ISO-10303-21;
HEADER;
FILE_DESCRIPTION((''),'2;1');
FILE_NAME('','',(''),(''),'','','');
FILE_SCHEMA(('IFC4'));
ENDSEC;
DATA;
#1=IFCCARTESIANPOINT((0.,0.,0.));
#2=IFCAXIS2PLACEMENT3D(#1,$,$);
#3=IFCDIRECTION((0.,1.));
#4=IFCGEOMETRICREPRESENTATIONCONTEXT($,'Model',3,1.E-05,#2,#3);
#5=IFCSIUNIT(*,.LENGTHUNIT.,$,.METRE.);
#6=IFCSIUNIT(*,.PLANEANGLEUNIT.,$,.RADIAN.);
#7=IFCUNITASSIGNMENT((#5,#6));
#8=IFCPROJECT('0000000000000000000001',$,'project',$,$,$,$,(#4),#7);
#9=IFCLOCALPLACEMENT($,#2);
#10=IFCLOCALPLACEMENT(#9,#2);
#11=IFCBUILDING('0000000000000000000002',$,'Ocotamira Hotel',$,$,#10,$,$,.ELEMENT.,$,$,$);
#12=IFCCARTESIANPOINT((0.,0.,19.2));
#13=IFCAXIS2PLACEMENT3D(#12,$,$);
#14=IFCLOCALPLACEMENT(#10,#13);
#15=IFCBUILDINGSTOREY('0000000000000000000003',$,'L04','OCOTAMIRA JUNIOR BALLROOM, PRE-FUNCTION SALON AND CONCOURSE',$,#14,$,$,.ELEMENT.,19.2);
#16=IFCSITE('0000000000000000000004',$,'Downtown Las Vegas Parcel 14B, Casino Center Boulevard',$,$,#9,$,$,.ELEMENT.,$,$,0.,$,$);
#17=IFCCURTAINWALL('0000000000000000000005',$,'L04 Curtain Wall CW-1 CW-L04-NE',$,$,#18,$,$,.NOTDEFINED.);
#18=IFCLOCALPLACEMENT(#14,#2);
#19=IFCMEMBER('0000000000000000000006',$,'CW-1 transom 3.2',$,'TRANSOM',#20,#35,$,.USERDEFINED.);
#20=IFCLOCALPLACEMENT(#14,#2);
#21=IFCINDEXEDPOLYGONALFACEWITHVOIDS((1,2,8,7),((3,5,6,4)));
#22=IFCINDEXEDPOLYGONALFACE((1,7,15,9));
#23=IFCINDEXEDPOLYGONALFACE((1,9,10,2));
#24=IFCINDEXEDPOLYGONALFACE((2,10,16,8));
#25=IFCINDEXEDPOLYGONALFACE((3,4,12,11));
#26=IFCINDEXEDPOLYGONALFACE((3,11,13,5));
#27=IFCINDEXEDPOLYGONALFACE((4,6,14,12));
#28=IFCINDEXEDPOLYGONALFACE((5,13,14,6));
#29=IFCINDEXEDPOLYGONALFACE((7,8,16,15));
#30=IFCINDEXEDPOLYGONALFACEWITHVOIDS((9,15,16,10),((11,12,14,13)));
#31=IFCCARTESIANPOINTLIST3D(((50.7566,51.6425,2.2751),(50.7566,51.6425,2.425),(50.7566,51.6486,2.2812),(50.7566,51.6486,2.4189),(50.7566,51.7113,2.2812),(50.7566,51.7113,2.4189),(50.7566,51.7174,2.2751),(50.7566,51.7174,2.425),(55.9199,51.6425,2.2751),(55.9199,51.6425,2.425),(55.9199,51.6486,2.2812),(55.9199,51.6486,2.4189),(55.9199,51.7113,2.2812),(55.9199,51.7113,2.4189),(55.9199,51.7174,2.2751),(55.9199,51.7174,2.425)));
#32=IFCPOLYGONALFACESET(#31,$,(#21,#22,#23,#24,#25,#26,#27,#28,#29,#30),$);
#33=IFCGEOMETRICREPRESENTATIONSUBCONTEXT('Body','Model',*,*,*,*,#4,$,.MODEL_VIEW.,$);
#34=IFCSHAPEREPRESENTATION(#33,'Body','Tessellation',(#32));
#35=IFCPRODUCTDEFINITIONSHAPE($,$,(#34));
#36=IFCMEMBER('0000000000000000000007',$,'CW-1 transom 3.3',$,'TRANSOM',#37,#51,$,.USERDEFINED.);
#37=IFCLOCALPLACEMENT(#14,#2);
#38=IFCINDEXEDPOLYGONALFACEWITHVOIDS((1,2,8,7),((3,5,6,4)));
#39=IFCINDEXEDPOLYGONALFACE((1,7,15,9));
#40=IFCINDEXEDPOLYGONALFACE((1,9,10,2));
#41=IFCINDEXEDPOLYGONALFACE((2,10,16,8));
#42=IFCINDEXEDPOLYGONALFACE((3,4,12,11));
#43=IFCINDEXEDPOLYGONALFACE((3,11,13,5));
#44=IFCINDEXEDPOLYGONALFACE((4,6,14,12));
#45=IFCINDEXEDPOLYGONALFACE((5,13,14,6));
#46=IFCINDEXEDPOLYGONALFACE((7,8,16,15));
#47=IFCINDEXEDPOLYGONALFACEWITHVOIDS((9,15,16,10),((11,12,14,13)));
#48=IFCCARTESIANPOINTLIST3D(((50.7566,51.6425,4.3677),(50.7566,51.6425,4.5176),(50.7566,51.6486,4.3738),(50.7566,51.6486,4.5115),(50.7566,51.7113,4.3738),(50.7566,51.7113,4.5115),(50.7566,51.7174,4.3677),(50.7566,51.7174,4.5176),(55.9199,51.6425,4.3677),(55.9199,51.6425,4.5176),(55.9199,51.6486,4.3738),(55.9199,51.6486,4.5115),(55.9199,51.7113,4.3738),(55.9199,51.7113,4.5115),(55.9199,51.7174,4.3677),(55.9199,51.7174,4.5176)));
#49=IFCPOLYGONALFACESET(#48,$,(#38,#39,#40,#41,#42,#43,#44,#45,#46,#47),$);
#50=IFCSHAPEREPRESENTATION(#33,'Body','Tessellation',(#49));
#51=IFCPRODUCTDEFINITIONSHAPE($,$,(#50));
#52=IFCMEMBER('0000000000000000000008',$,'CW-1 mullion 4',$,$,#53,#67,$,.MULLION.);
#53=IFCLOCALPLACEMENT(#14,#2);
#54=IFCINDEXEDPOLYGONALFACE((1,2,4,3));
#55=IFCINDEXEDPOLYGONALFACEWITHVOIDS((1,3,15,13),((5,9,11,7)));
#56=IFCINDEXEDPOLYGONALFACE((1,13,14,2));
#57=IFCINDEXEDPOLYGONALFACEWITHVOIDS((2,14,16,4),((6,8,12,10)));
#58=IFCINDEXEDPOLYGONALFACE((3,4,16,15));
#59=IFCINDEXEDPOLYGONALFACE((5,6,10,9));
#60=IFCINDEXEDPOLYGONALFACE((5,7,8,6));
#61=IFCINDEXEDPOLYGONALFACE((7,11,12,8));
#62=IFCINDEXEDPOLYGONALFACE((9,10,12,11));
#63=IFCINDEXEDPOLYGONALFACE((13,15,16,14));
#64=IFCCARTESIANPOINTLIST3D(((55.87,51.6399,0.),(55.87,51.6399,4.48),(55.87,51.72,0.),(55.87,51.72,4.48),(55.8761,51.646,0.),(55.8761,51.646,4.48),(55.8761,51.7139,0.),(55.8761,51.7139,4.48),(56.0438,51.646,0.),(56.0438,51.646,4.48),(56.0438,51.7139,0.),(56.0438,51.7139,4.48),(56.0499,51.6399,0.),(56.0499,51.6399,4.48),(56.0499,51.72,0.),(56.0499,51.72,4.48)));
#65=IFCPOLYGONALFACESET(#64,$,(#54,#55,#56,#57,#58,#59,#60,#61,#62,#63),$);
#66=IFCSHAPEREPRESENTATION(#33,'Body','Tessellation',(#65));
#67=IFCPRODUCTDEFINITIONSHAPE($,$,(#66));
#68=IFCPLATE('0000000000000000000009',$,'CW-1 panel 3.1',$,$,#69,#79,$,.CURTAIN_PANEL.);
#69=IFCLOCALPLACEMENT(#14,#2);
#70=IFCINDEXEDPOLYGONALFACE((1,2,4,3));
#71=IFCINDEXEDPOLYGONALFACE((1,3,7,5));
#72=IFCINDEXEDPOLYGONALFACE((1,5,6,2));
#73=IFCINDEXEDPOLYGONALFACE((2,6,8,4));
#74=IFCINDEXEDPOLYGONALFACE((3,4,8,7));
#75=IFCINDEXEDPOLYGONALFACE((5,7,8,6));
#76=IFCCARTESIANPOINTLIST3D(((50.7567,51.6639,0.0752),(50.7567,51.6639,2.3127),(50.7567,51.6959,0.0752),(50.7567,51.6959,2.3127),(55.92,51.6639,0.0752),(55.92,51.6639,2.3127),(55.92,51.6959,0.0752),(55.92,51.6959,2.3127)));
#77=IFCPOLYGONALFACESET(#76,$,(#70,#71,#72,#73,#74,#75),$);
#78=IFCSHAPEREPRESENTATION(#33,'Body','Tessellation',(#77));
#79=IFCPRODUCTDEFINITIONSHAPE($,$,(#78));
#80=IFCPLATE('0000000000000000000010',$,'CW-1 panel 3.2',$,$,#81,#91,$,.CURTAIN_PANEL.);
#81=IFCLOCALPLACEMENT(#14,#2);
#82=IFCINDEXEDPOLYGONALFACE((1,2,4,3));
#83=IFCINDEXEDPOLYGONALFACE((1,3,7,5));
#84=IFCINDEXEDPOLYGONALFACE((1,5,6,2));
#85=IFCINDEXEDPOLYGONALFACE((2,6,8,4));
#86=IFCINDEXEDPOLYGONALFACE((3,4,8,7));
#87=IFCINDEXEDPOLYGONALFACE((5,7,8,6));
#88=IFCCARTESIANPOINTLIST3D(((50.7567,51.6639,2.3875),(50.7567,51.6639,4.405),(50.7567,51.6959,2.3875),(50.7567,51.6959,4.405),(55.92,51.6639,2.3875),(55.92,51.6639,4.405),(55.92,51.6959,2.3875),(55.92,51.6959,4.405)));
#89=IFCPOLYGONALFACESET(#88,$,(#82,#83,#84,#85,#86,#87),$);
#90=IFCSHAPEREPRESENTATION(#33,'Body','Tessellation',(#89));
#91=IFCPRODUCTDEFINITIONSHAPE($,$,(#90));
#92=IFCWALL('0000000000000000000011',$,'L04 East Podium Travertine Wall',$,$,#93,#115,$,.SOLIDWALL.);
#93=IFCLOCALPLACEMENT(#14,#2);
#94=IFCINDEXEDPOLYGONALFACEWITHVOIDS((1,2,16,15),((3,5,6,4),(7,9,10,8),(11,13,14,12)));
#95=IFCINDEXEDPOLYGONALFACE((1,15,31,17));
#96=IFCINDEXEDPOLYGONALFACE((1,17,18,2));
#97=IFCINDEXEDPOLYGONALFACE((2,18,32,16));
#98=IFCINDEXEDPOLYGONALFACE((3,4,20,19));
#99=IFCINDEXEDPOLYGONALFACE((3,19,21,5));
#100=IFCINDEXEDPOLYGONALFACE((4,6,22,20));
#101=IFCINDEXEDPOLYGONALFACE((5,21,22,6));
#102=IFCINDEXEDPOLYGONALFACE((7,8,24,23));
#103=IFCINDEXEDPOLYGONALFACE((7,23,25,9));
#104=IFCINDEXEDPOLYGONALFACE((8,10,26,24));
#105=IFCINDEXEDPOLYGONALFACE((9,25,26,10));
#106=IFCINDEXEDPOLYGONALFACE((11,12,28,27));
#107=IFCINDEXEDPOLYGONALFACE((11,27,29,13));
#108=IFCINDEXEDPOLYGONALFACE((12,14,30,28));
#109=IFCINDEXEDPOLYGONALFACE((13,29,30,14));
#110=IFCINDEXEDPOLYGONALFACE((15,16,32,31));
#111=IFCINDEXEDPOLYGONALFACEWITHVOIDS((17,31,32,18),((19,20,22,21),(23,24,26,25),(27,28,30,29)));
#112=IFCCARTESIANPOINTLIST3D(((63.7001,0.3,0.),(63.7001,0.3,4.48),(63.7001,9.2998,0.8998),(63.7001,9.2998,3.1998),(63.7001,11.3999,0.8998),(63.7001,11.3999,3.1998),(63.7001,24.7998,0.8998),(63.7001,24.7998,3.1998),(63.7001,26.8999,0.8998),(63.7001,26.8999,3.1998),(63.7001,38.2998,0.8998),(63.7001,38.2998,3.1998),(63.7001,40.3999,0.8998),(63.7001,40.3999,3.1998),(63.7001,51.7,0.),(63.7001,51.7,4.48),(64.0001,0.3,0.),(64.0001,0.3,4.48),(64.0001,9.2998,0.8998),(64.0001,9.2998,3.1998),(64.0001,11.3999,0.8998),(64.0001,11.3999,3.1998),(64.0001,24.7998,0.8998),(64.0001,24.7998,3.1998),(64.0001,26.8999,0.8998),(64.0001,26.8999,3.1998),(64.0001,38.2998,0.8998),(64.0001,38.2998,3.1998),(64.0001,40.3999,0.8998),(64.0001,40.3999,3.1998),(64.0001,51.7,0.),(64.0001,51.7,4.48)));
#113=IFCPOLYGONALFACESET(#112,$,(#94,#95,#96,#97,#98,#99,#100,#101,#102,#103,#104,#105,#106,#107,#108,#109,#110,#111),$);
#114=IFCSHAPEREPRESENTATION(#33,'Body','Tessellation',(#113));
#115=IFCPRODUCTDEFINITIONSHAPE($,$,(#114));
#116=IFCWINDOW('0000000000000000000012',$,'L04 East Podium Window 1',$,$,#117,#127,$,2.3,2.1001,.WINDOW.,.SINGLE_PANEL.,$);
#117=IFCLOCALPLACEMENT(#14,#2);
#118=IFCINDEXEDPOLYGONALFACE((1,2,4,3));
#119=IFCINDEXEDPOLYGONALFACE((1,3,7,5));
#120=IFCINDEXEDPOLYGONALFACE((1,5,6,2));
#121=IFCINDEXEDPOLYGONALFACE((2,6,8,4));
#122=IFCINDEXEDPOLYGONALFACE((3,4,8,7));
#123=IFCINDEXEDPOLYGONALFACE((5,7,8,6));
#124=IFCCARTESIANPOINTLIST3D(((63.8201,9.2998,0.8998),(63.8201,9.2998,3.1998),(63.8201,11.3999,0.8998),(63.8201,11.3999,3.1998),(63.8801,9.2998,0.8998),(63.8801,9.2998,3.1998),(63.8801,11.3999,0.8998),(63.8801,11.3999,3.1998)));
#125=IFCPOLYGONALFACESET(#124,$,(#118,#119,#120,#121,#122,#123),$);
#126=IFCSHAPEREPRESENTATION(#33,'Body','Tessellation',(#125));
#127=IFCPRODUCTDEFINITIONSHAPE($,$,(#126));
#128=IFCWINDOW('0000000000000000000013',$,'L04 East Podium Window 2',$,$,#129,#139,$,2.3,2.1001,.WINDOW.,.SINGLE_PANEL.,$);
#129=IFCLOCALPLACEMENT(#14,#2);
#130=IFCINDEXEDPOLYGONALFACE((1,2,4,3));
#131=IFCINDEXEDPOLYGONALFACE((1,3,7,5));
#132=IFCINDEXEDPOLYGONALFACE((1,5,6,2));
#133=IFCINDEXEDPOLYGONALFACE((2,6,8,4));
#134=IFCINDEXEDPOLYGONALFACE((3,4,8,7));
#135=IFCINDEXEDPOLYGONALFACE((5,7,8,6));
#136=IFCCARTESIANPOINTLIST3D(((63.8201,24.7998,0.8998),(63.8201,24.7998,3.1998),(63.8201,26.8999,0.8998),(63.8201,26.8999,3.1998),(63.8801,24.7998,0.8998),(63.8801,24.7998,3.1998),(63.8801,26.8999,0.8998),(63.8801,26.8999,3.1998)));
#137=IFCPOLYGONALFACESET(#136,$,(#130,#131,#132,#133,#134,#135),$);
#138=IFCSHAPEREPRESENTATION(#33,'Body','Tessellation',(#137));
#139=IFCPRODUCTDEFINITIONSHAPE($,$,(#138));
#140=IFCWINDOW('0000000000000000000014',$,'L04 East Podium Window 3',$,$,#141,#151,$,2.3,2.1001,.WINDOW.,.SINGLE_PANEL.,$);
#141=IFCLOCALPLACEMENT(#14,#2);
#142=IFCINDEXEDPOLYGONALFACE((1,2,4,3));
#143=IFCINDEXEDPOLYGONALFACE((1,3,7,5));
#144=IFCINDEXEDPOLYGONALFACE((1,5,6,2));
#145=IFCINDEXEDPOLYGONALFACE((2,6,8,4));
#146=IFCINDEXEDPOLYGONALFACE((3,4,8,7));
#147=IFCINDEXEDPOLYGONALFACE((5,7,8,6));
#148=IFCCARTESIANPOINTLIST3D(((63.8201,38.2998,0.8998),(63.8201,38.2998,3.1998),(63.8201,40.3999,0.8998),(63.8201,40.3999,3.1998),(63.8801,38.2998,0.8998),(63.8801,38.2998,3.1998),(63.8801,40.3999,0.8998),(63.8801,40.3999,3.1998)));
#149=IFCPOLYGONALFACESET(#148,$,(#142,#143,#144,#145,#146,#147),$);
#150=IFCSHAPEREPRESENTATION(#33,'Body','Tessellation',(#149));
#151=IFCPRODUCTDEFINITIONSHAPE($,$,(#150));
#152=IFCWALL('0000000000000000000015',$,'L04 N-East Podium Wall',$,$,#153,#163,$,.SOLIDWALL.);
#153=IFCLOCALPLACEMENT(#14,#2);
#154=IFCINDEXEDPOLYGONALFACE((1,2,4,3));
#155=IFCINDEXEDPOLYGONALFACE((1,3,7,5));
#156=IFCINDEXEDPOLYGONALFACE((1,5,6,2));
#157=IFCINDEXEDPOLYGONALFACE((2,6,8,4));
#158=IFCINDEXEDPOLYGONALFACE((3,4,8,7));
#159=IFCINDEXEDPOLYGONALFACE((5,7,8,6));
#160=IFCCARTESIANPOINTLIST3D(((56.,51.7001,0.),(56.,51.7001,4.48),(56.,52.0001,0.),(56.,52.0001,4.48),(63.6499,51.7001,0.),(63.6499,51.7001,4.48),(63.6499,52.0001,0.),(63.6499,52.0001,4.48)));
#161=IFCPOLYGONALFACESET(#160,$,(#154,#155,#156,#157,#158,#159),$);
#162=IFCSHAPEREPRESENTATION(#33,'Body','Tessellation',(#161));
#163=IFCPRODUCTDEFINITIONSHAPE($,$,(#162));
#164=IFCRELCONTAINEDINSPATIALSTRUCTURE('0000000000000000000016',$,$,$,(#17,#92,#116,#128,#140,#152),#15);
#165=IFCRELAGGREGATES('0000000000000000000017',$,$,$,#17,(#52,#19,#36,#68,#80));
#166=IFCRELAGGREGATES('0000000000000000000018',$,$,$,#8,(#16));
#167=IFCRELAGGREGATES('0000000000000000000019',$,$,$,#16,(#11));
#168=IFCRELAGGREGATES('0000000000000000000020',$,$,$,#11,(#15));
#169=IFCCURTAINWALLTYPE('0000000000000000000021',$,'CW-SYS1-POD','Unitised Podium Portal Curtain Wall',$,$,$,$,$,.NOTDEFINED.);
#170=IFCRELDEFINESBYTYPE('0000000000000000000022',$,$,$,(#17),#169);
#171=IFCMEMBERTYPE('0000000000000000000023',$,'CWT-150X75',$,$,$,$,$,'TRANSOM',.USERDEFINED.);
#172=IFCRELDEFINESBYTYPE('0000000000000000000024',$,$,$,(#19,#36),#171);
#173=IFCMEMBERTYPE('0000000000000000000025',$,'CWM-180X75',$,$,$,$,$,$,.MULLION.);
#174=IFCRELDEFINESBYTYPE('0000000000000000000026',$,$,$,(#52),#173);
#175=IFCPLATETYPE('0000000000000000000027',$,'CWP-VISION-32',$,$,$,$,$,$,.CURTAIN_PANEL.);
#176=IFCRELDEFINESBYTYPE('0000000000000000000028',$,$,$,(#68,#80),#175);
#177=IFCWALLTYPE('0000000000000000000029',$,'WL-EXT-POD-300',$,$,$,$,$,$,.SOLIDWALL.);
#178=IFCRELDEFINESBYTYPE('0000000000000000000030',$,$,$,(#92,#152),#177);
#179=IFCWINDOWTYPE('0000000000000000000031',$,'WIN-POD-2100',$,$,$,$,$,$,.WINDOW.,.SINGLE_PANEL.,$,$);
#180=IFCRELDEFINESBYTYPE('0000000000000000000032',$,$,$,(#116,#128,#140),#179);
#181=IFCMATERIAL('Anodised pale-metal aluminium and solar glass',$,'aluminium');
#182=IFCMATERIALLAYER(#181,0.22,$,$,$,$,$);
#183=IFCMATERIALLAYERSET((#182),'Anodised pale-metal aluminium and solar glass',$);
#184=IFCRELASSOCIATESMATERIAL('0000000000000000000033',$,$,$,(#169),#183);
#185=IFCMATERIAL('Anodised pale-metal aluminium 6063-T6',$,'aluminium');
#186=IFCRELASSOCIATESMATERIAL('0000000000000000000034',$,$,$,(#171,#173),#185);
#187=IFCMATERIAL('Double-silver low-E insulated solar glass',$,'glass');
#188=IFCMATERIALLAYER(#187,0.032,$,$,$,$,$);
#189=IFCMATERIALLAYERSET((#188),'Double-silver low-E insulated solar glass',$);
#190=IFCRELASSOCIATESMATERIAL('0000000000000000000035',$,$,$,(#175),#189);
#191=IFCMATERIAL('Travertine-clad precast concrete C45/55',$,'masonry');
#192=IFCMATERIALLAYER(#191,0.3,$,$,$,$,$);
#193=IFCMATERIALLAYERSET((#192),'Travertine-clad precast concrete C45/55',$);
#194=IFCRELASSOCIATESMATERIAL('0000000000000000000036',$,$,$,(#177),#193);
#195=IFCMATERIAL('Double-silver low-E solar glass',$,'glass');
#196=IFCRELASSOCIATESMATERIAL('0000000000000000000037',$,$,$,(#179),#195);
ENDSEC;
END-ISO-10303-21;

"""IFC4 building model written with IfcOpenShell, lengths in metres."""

from ifc_helpers import new_model, si_unit, direction, frame, frame_2d, origin, origin_2d, place, context, subcontext, project, spatial, rectangle, hollow_rectangle, extrude, source, transform, mapped, material, layer, layer_set, material_profile, profile_set, type_object, element, fill, aggregate, save


model = new_model("IFC4")

# Units and contexts
model_context = context("Model", 3, precision=1e-05, world=origin(), true_north=direction((0.0, 1.0)))
body_context = subcontext(model_context, "Body", "Model", "MODEL_VIEW")
ifc_project = project(units=[si_unit("LENGTHUNIT", "METRE"), si_unit("PLANEANGLEUNIT", "RADIAN")], contexts=[model_context])

# Site, building, storey
site_placement = place(None, origin())
site = spatial("IfcSite", under=ifc_project, at=site_placement, Name="Downtown Las Vegas Parcel 14B, Casino Center Boulevard", CompositionType="ELEMENT", RefElevation=0.0)
building_placement = place(site_placement, origin())
building = spatial("IfcBuilding", under=site, at=building_placement, Name="Ocotamira Hotel", CompositionType="ELEMENT")
storey_placement = place(building_placement, frame((0.0, 0.0, 19.2)))
storey = spatial("IfcBuildingStorey", under=building, at=storey_placement, Name="L04", Description="OCOTAMIRA JUNIOR BALLROOM, PRE-FUNCTION SALON AND CONCOURSE", CompositionType="ELEMENT", Elevation=19.2)

# Curtain wall, members, plates
ifc_material_1 = material(Name="Anodised pale-metal aluminium and solar glass", Category="aluminium")
ifc_layer_1 = layer(ifc_material_1, 0.22)
ifc_layer_set_1 = layer_set([ifc_layer_1], Name="Anodised pale-metal aluminium and solar glass")
curtain_wall_type = type_object("IfcCurtainWallType", Name="CW-SYS1-POD", Description="Unitised Podium Portal Curtain Wall", PredefinedType="NOTDEFINED", material=ifc_layer_set_1)
curtain_wall_placement = place(storey_placement, origin())
curtain_wall = element("IfcCurtainWall", 1, at=curtain_wall_placement, inside=storey, type_object=curtain_wall_type, Name="L04 Curtain Wall CW-1 CW-L04-NE", PredefinedType="NOTDEFINED")
ifc_material_2 = material(Name="Anodised pale-metal aluminium 6063-T6", Category="aluminium")
ifc_material_profile_1 = material_profile(ifc_material_2, hollow_rectangle(XDim=0.075, YDim=0.1499, WallThickness=0.0061, at=origin_2d()), Name="HSS150X75X6")
ifc_profile_set_1 = profile_set([ifc_material_profile_1], Name="Anodised pale-metal aluminium 6063-T6")
member_type_1 = type_object("IfcMemberType", Name="CWT-150X75", ElementType="TRANSOM", PredefinedType="USERDEFINED", material=ifc_profile_set_1)
shared_shape_1 = source(origin(), body_context, "Body", "SweptSolid", [
    extrude(hollow_rectangle(XDim=0.075, YDim=0.1499, WallThickness=0.0061, at=origin_2d()), origin(), (0.0, 0.0, 1.0), 5.1633),
])
member_1_placement = place(storey_placement, frame((50.7566, 51.6799, 2.3501), z_axis=(1.0, 0.0, 0.0), x_axis=(0.0, 1.0, 0.0)))
member_1 = element("IfcMember", 2, at=member_1_placement, type_object=member_type_1, Name="CW-1 transom 3.2", ObjectType="TRANSOM", PredefinedType="USERDEFINED", context=body_context, shape_type="MappedRepresentation", body=[
    mapped(shared_shape_1, transform((0.0, 0.0, 0.0), scale=1.0)),
])
member_2_placement = place(storey_placement, frame((50.7566, 51.6799, 4.4426), z_axis=(1.0, 0.0, 0.0), x_axis=(0.0, 1.0, 0.0)))
member_2 = element("IfcMember", 3, at=member_2_placement, type_object=member_type_1, Name="CW-1 transom 3.3", ObjectType="TRANSOM", PredefinedType="USERDEFINED", context=body_context, shape_type="MappedRepresentation", body=[
    mapped(shared_shape_1, transform((0.0, 0.0, 0.0), scale=1.0)),
])
ifc_material_profile_2 = material_profile(ifc_material_2, hollow_rectangle(XDim=0.0801, YDim=0.1799, WallThickness=0.0061, at=origin_2d()), Name="HSS180X80X6")
ifc_profile_set_2 = profile_set([ifc_material_profile_2], Name="Anodised pale-metal aluminium 6063-T6")
member_type_2 = type_object("IfcMemberType", Name="CWM-180X75", PredefinedType="MULLION", material=ifc_profile_set_2)
shared_shape_2 = source(origin(), body_context, "Body", "SweptSolid", [
    extrude(hollow_rectangle(XDim=0.0801, YDim=0.1799, WallThickness=0.0061, at=origin_2d()), origin(), (0.0, 0.0, 1.0), 4.48),
])
member_3_placement = place(storey_placement, frame((55.96, 51.6799, 0.0), z_axis=(0.0, 0.0, 1.0), x_axis=(0.0, 1.0, 0.0)))
member_3 = element("IfcMember", 4, at=member_3_placement, type_object=member_type_2, Name="CW-1 mullion 4", PredefinedType="MULLION", context=body_context, shape_type="MappedRepresentation", body=[
    mapped(shared_shape_2, transform((0.0, 0.0, 0.0), scale=1.0)),
])
ifc_material_3 = material(Name="Double-silver low-E insulated solar glass", Category="glass")
ifc_layer_2 = layer(ifc_material_3, 0.032)
ifc_layer_set_2 = layer_set([ifc_layer_2], Name="Double-silver low-E insulated solar glass")
plate_type = type_object("IfcPlateType", Name="CWP-VISION-32", PredefinedType="CURTAIN_PANEL", material=ifc_layer_set_2)
shared_shape_3 = source(origin(), body_context, "Body", "SweptSolid", [
    extrude(rectangle(XDim=5.1633, YDim=0.032, at=origin_2d()), origin(), (0.0, 0.0, 1.0), 2.2375),
])
plate_1_placement = place(storey_placement, frame((53.3384, 51.6799, 0.0752), z_axis=(0.0, 0.0, 1.0), x_axis=(1.0, 0.0, 0.0)))
plate_1 = element("IfcPlate", 5, at=plate_1_placement, type_object=plate_type, Name="CW-1 panel 3.1", PredefinedType="CURTAIN_PANEL", context=body_context, shape_type="MappedRepresentation", body=[
    mapped(shared_shape_3, transform((0.0, 0.0, 0.0), scale=1.0)),
])
shared_shape_4 = source(origin(), body_context, "Body", "SweptSolid", [
    extrude(rectangle(XDim=5.1633, YDim=0.032, at=origin_2d()), origin(), (0.0, 0.0, 1.0), 2.0176),
])
plate_2_placement = place(storey_placement, frame((53.3384, 51.6799, 2.3875), z_axis=(0.0, 0.0, 1.0), x_axis=(1.0, 0.0, 0.0)))
plate_2 = element("IfcPlate", 6, at=plate_2_placement, type_object=plate_type, Name="CW-1 panel 3.2", PredefinedType="CURTAIN_PANEL", context=body_context, shape_type="MappedRepresentation", body=[
    mapped(shared_shape_4, transform((0.0, 0.0, 0.0), scale=1.0)),
])
aggregate(curtain_wall, [member_3, member_1, member_2, plate_1, plate_2])

# Wall, openings, windows
ifc_material_4 = material(Name="Travertine-clad precast concrete C45/55", Category="masonry")
ifc_layer_3 = layer(ifc_material_4, 0.3)
ifc_layer_set_3 = layer_set([ifc_layer_3], Name="Travertine-clad precast concrete C45/55")
wall_type_1 = type_object("IfcWallType", Name="WL-EXT-POD-300", PredefinedType="SOLIDWALL", material=ifc_layer_set_3)
wall_1_placement = place(storey_placement, frame((63.8501, 51.7, 0.0), z_axis=(0.0, 0.0, 1.0), x_axis=(0.0, -1.0, 0.0)))
wall_1 = element("IfcWall", 7, at=wall_1_placement, inside=storey, type_object=wall_type_1, Name="L04 East Podium Travertine Wall", PredefinedType="SOLIDWALL", context=body_context, shape_type="SweptSolid", body=[
    extrude(rectangle(XDim=51.3999, YDim=0.3, at=frame_2d((25.7, 0.0))), origin(), (0.0, 0.0, 1.0), 4.48),
])
opening_1_placement = place(wall_1_placement, frame((40.3, 0.0, 0.8999)))
opening_1 = element("IfcOpeningElement", 8, at=opening_1_placement, cuts=wall_1, PredefinedType="OPENING", context=body_context, shape_type="SweptSolid", body=[
    extrude(rectangle(XDim=2.1001, YDim=2.3, at=frame_2d((1.05, 1.1499))), frame((0.0, 0.1602, 0.0), z_axis=(0.0, -1.0, 0.0), x_axis=(1.0, 0.0, 0.0)), (0.0, 0.0, 1.0), 0.3201),
])
opening_2_placement = place(wall_1_placement, frame((24.8, 0.0, 0.8999)))
opening_2 = element("IfcOpeningElement", 9, at=opening_2_placement, cuts=wall_1, PredefinedType="OPENING", context=body_context, shape_type="SweptSolid", body=[
    extrude(rectangle(XDim=2.1001, YDim=2.3, at=frame_2d((1.05, 1.1499))), frame((0.0, 0.1602, 0.0), z_axis=(0.0, -1.0, 0.0), x_axis=(1.0, 0.0, 0.0)), (0.0, 0.0, 1.0), 0.3201),
])
opening_3_placement = place(wall_1_placement, frame((11.3, 0.0, 0.8999)))
opening_3 = element("IfcOpeningElement", 10, at=opening_3_placement, cuts=wall_1, PredefinedType="OPENING", context=body_context, shape_type="SweptSolid", body=[
    extrude(rectangle(XDim=2.1001, YDim=2.3, at=frame_2d((1.05, 1.1499))), frame((0.0, 0.1602, 0.0), z_axis=(0.0, -1.0, 0.0), x_axis=(1.0, 0.0, 0.0)), (0.0, 0.0, 1.0), 0.3201),
])
ifc_material_5 = material(Name="Double-silver low-E solar glass", Category="glass")
window_type = type_object("IfcWindowType", Name="WIN-POD-2100", PartitioningType="SINGLE_PANEL", PredefinedType="WINDOW", material=ifc_material_5)
shared_shape_5 = source(origin(), body_context, "Body", "SweptSolid", [
    extrude(rectangle(XDim=2.1001, YDim=2.3, at=frame_2d((1.05, 1.1499))), frame((0.0, 0.03, 0.0), z_axis=(0.0, -1.0, 0.0), x_axis=(1.0, 0.0, 0.0)), (0.0, 0.0, 1.0), 0.0601),
])
window_1_placement = place(opening_1_placement, origin())
window_1 = element("IfcWindow", 11, at=window_1_placement, inside=storey, type_object=window_type, Name="L04 East Podium Window 1", OverallHeight=2.3, OverallWidth=2.1001, PartitioningType="SINGLE_PANEL", PredefinedType="WINDOW", context=body_context, shape_type="MappedRepresentation", body=[
    mapped(shared_shape_5, transform((0.0, 0.0, 0.0), scale=1.0)),
])
fill(opening_1, window_1)
window_2_placement = place(opening_2_placement, origin())
window_2 = element("IfcWindow", 12, at=window_2_placement, inside=storey, type_object=window_type, Name="L04 East Podium Window 2", OverallHeight=2.3, OverallWidth=2.1001, PartitioningType="SINGLE_PANEL", PredefinedType="WINDOW", context=body_context, shape_type="MappedRepresentation", body=[
    mapped(shared_shape_5, transform((0.0, 0.0, 0.0), scale=1.0)),
])
fill(opening_2, window_2)
window_3_placement = place(opening_3_placement, origin())
window_3 = element("IfcWindow", 13, at=window_3_placement, inside=storey, type_object=window_type, Name="L04 East Podium Window 3", OverallHeight=2.3, OverallWidth=2.1001, PartitioningType="SINGLE_PANEL", PredefinedType="WINDOW", context=body_context, shape_type="MappedRepresentation", body=[
    mapped(shared_shape_5, transform((0.0, 0.0, 0.0), scale=1.0)),
])
fill(opening_3, window_3)

# Wall
wall_2_placement = place(storey_placement, frame((56.0, 51.8501, 0.0), z_axis=(0.0, 0.0, 1.0), x_axis=(1.0, 0.0, 0.0)))
element("IfcWall", 14, at=wall_2_placement, inside=storey, type_object=wall_type_1, Name="L04 N-East Podium Wall", PredefinedType="SOLIDWALL", context=body_context, shape_type="SweptSolid", body=[
    extrude(rectangle(XDim=7.6499, YDim=0.3, at=frame_2d((3.825, 0.0))), origin(), (0.0, 0.0, 1.0), 4.48),
])

save(model, "model.ifc")
